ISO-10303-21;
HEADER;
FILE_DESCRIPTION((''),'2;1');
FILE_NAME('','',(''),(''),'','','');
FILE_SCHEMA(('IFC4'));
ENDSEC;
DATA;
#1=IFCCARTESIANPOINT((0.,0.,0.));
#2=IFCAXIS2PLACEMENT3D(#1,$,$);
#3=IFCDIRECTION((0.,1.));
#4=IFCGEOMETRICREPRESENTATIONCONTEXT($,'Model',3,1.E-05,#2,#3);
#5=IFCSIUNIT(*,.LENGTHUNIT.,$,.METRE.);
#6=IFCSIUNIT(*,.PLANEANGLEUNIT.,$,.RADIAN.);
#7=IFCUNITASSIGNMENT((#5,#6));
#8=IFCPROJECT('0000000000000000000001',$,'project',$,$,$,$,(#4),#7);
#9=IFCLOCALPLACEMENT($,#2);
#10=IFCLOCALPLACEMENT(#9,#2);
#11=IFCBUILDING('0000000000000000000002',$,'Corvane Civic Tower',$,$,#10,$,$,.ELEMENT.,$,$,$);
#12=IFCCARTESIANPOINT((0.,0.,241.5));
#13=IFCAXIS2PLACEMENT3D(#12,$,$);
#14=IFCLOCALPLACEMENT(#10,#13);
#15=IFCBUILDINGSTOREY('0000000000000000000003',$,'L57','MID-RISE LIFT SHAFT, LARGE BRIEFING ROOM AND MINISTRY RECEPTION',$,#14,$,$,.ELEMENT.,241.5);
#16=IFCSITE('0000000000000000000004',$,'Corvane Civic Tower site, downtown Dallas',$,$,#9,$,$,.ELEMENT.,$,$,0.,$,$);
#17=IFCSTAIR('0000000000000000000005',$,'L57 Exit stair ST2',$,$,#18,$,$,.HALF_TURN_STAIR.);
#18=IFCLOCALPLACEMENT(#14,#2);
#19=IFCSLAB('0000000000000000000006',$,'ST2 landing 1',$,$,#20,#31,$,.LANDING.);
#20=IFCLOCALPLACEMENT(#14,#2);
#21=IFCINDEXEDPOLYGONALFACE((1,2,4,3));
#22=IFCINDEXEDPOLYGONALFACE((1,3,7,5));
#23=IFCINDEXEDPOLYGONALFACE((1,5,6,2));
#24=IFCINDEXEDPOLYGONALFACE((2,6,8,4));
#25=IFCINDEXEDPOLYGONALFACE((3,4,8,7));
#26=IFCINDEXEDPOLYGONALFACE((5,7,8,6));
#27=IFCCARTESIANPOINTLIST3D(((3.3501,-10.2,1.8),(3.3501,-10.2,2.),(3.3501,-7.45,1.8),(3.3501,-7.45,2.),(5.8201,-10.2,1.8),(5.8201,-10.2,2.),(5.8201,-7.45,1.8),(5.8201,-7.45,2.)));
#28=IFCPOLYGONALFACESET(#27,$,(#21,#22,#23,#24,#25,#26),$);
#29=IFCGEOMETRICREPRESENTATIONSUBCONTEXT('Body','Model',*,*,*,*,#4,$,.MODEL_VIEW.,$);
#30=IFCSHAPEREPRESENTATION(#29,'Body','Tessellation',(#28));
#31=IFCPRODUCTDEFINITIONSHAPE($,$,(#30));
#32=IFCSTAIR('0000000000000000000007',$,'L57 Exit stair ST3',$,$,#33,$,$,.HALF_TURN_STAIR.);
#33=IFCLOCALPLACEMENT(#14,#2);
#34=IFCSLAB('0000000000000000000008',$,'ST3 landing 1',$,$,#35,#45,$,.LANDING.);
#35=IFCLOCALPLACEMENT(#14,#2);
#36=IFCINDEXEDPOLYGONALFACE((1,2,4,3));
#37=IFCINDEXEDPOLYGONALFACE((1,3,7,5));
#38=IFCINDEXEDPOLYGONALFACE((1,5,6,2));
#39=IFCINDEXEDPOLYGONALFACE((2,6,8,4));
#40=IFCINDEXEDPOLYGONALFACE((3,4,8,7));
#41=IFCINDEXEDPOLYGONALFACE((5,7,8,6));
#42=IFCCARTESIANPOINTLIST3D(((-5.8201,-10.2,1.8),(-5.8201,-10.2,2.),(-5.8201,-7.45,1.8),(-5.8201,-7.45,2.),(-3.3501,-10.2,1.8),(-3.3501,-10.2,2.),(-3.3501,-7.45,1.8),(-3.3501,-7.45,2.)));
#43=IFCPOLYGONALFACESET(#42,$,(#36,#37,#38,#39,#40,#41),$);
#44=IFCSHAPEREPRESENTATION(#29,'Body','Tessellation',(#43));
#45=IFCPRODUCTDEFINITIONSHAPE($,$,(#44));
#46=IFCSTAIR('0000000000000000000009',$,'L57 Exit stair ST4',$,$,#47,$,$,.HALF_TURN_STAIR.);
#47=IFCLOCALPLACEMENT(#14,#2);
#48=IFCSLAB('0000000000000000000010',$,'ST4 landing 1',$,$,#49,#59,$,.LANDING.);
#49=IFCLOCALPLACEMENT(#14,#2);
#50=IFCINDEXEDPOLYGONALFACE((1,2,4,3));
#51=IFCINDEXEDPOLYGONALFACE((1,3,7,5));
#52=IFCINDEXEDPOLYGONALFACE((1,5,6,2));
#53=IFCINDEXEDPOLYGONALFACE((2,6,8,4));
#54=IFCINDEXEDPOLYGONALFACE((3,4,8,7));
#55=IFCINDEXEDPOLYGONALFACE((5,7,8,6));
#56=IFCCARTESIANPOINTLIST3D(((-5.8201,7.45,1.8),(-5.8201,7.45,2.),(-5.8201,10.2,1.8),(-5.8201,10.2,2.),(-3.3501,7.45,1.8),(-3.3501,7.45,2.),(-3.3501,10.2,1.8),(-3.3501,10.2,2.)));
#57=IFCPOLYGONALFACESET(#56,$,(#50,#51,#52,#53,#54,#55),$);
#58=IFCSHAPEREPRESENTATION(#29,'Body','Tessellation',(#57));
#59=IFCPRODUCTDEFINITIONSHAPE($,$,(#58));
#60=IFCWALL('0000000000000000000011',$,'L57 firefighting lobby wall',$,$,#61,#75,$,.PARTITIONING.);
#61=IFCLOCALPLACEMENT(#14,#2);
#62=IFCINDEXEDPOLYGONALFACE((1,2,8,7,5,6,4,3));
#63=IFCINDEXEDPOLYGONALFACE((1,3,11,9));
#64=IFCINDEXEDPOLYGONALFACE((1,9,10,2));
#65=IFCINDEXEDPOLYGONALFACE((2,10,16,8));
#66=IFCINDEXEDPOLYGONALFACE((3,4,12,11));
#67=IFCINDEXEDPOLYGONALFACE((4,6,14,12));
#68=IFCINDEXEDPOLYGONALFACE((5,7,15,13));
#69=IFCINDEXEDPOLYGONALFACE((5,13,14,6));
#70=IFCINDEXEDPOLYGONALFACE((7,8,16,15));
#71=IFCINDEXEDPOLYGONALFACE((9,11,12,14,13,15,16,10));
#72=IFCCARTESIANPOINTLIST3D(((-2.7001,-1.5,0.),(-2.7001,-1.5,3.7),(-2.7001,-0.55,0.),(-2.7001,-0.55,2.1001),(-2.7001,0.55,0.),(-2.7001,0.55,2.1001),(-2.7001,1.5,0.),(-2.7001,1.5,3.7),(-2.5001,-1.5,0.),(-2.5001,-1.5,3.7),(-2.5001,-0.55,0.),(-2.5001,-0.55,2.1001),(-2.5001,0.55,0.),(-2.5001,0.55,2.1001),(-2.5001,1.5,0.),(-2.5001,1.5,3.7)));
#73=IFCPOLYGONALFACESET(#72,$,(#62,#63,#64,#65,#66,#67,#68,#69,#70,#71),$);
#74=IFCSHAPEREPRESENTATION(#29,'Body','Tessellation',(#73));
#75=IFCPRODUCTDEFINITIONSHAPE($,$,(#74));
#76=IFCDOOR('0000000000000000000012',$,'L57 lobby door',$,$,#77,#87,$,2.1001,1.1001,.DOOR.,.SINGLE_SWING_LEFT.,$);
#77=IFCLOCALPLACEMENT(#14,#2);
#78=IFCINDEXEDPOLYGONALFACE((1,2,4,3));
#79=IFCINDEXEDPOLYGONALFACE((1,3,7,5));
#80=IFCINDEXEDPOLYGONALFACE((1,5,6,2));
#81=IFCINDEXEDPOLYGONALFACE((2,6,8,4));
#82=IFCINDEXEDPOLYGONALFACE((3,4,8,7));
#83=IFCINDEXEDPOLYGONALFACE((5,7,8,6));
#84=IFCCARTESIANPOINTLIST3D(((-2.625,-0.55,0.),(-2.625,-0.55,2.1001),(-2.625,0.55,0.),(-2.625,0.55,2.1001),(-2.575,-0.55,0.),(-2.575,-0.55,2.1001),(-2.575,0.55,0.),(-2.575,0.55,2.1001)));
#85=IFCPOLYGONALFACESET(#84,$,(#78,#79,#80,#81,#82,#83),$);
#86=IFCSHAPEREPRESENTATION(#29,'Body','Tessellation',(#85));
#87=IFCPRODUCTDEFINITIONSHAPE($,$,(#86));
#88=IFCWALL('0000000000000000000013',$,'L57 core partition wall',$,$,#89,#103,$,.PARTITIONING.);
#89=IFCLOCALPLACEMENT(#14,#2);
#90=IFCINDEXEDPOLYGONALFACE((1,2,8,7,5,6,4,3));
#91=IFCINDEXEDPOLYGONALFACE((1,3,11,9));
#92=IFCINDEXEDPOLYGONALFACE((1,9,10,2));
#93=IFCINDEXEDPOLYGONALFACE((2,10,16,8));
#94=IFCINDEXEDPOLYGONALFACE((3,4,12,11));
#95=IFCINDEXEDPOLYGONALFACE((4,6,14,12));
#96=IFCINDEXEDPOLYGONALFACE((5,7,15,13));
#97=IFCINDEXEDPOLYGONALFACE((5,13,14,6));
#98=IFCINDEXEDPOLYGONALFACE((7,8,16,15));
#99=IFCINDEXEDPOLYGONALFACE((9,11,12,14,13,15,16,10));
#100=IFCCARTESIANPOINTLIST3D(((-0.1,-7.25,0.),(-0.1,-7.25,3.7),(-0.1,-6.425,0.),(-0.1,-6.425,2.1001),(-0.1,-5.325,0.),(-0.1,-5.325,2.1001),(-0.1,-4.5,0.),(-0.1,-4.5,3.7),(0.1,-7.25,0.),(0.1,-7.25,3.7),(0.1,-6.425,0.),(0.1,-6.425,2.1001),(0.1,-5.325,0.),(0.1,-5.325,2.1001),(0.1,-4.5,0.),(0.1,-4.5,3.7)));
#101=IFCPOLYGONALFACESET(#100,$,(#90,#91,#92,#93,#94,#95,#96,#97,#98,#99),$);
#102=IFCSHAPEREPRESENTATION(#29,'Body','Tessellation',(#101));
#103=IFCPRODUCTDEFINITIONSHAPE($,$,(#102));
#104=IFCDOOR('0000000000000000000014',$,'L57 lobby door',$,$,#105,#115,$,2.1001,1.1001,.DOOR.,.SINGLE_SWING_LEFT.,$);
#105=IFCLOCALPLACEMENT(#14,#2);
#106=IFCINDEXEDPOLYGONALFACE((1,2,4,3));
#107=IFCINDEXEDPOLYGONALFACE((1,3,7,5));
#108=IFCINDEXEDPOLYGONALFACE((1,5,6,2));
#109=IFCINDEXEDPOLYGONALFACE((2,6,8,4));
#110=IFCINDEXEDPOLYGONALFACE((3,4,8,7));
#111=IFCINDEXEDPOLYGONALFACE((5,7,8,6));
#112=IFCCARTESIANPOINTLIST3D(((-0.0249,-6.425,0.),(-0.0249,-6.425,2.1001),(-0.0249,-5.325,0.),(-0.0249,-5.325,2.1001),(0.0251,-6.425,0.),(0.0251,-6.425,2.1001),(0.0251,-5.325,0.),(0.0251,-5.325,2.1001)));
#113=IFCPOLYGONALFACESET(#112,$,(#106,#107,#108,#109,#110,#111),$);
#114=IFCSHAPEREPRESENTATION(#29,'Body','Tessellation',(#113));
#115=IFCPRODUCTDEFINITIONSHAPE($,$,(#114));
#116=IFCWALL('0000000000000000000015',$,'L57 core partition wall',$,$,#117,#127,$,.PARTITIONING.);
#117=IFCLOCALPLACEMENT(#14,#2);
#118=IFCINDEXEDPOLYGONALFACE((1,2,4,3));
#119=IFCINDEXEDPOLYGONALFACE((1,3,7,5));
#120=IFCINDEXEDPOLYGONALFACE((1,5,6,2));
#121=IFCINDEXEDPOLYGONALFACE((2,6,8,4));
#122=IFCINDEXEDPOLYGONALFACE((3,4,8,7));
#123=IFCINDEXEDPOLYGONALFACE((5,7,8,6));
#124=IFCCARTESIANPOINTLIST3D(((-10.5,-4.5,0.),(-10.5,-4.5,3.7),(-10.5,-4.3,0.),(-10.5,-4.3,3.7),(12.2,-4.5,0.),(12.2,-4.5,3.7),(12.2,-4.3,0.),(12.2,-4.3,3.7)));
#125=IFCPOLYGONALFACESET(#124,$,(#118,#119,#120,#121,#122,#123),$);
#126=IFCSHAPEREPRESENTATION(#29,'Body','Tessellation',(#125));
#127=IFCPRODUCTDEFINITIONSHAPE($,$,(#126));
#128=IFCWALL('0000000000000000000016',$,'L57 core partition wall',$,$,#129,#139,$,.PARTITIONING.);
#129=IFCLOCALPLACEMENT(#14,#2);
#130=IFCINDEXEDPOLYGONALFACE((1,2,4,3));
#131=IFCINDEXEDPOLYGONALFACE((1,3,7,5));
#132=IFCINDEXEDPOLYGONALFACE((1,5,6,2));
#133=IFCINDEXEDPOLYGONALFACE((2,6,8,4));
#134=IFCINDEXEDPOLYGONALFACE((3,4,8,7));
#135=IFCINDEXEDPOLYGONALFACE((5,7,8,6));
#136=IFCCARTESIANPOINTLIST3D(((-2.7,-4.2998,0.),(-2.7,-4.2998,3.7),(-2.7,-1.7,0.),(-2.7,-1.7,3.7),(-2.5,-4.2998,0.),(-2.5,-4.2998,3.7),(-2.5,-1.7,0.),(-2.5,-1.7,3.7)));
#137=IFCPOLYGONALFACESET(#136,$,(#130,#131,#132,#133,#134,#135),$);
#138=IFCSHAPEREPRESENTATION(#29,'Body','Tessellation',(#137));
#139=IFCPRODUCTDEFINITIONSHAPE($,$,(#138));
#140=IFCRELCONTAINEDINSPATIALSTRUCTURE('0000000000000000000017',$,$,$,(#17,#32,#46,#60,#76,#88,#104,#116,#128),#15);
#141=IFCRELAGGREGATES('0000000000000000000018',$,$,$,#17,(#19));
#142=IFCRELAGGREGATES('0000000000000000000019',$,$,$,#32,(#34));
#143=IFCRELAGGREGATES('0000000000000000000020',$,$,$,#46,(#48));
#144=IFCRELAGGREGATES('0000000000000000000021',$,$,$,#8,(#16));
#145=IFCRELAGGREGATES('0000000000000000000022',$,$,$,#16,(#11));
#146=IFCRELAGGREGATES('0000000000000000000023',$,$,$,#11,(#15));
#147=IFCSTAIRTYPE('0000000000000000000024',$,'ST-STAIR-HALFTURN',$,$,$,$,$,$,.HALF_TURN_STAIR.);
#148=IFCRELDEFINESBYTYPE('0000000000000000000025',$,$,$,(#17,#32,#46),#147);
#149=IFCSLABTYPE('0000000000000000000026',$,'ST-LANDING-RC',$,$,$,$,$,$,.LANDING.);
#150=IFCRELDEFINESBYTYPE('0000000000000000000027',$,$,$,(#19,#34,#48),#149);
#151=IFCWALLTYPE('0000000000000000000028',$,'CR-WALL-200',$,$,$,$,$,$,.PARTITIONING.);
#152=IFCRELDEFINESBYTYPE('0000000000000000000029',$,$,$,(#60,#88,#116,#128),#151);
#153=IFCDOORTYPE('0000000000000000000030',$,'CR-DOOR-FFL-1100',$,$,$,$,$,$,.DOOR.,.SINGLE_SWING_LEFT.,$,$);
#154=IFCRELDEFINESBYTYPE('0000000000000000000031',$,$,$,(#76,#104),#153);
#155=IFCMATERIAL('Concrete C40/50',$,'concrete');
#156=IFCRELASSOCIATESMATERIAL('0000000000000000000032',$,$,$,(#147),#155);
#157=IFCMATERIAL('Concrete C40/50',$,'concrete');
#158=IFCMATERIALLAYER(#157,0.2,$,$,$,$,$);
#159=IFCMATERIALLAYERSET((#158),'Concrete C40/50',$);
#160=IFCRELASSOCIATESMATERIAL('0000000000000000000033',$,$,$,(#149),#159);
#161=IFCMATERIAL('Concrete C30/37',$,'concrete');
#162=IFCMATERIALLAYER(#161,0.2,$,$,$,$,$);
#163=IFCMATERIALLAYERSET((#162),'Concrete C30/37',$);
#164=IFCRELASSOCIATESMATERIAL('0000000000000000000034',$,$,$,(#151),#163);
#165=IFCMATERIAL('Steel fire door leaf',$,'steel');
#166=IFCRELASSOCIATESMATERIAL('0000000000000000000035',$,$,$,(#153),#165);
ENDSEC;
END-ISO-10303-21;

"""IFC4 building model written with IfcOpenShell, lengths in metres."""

from ifc_helpers import new_model, si_unit, direction, frame, frame_2d, origin, place, context, subcontext, project, spatial, polyline, rectangle, outline, extrude, material, layer, layer_set, type_object, element, fill, aggregate, save


model = new_model("IFC4")

# Units and contexts
model_context = context("Model", 3, precision=1e-05, world=origin(), true_north=direction((0.0, 1.0)))
body_context = subcontext(model_context, "Body", "Model", "MODEL_VIEW")
ifc_project = project(units=[si_unit("LENGTHUNIT", "METRE"), si_unit("PLANEANGLEUNIT", "RADIAN")], contexts=[model_context])

# Site, building, storey
site_placement = place(None, origin())
site = spatial("IfcSite", under=ifc_project, at=site_placement, Name="Corvane Civic Tower site, downtown Dallas", CompositionType="ELEMENT", RefElevation=0.0)
building_placement = place(site_placement, origin())
building = spatial("IfcBuilding", under=site, at=building_placement, Name="Corvane Civic Tower", CompositionType="ELEMENT")
storey_placement = place(building_placement, frame((0.0, 0.0, 241.5)))
storey = spatial("IfcBuildingStorey", under=building, at=storey_placement, Name="L57", Description="MID-RISE LIFT SHAFT, LARGE BRIEFING ROOM AND MINISTRY RECEPTION", CompositionType="ELEMENT", Elevation=241.5)

# Stairs, slabs
ifc_material_1 = material(Name="Concrete C40/50", Category="concrete")
stair_type = type_object("IfcStairType", Name="ST-STAIR-HALFTURN", PredefinedType="HALF_TURN_STAIR", material=ifc_material_1)
ifc_material_2 = material(Name="Concrete C40/50", Category="concrete")
ifc_layer_1 = layer(ifc_material_2, 0.2)
ifc_layer_set_1 = layer_set([ifc_layer_1], Name="Concrete C40/50")
slab_type_1 = type_object("IfcSlabType", Name="ST-LANDING-RC", PredefinedType="LANDING", material=ifc_layer_set_1)
stair_1_placement = place(storey_placement, origin())
stair_1 = element("IfcStair", 1, at=stair_1_placement, inside=storey, type_object=stair_type, Name="L57 Exit stair ST2", PredefinedType="HALF_TURN_STAIR")
slab_1_placement = place(storey_placement, frame((0.0, 0.0, 1.8)))
slab_1 = element("IfcSlab", 2, at=slab_1_placement, type_object=slab_type_1, Name="ST2 landing 1", PredefinedType="LANDING", context=body_context, shape_type="SweptSolid", body=[
    extrude(outline(polyline([(5.8201, -7.45), (3.3501, -7.45), (3.3501, -10.2), (5.8201, -10.2), (5.8201, -7.45)])), origin(), (0.0, 0.0, 1.0), 0.2),
])
aggregate(stair_1, [slab_1])
stair_2_placement = place(storey_placement, origin())
stair_2 = element("IfcStair", 3, at=stair_2_placement, inside=storey, type_object=stair_type, Name="L57 Exit stair ST3", PredefinedType="HALF_TURN_STAIR")
slab_2_placement = place(storey_placement, frame((0.0, 0.0, 1.8)))
slab_2 = element("IfcSlab", 4, at=slab_2_placement, type_object=slab_type_1, Name="ST3 landing 1", PredefinedType="LANDING", context=body_context, shape_type="SweptSolid", body=[
    extrude(outline(polyline([(-5.8201, -10.2), (-3.3501, -10.2), (-3.3501, -7.45), (-5.8201, -7.45), (-5.8201, -10.2)])), origin(), (0.0, 0.0, 1.0), 0.2),
])
aggregate(stair_2, [slab_2])
stair_3_placement = place(storey_placement, origin())
stair_3 = element("IfcStair", 5, at=stair_3_placement, inside=storey, type_object=stair_type, Name="L57 Exit stair ST4", PredefinedType="HALF_TURN_STAIR")
slab_3_placement = place(storey_placement, frame((0.0, 0.0, 1.8)))
slab_3 = element("IfcSlab", 6, at=slab_3_placement, type_object=slab_type_1, Name="ST4 landing 1", PredefinedType="LANDING", context=body_context, shape_type="SweptSolid", body=[
    extrude(outline(polyline([(-5.8201, 7.45), (-3.3501, 7.45), (-3.3501, 10.2), (-5.8201, 10.2), (-5.8201, 7.45)])), origin(), (0.0, 0.0, 1.0), 0.2),
])
aggregate(stair_3, [slab_3])

# Walls, openings, doors
ifc_material_3 = material(Name="Concrete C30/37", Category="concrete")
ifc_layer_2 = layer(ifc_material_3, 0.2)
ifc_layer_set_2 = layer_set([ifc_layer_2], Name="Concrete C30/37")
wall_type = type_object("IfcWallType", Name="CR-WALL-200", PredefinedType="PARTITIONING", material=ifc_layer_set_2)
wall_1_placement = place(storey_placement, frame((-2.6001, -1.5, 0.0), z_axis=(0.0, 0.0, 1.0), x_axis=(0.0, 1.0, 0.0)))
wall_1 = element("IfcWall", 7, at=wall_1_placement, inside=storey, type_object=wall_type, Name="L57 firefighting lobby wall", PredefinedType="PARTITIONING", context=body_context, shape_type="SweptSolid", body=[
    extrude(rectangle(XDim=3.0, YDim=0.2, at=frame_2d((1.5, 0.0))), origin(), (0.0, 0.0, 1.0), 3.7),
])
opening_1_placement = place(wall_1_placement, frame((0.95, 0.0, 0.0)))
opening_1 = element("IfcOpeningElement", 8, at=opening_1_placement, cuts=wall_1, PredefinedType="OPENING", context=body_context, shape_type="SweptSolid", body=[
    extrude(rectangle(XDim=1.1001, YDim=2.1001, at=frame_2d((0.55, 1.05))), frame((0.0, 0.1099, 0.0), z_axis=(0.0, -1.0, 0.0), x_axis=(1.0, 0.0, 0.0)), (0.0, 0.0, 1.0), 0.22),
])
ifc_material_4 = material(Name="Steel fire door leaf", Category="steel")
door_type = type_object("IfcDoorType", Name="CR-DOOR-FFL-1100", OperationType="SINGLE_SWING_LEFT", PredefinedType="DOOR", material=ifc_material_4)
door_1_placement = place(opening_1_placement, origin())
door_1 = element("IfcDoor", 9, at=door_1_placement, inside=storey, type_object=door_type, Name="L57 lobby door", OperationType="SINGLE_SWING_LEFT", OverallHeight=2.1001, OverallWidth=1.1001, PredefinedType="DOOR", context=body_context, shape_type="SweptSolid", body=[
    extrude(rectangle(XDim=1.1001, YDim=2.1001, at=frame_2d((0.55, 1.05))), frame((0.0, 0.0249, 0.0), z_axis=(0.0, -1.0, 0.0), x_axis=(1.0, 0.0, 0.0)), (0.0, 0.0, 1.0), 0.05),
])
fill(opening_1, door_1)
wall_2_placement = place(storey_placement, frame((0.0, -7.25, 0.0), z_axis=(0.0, 0.0, 1.0), x_axis=(0.0, 1.0, 0.0)))
wall_2 = element("IfcWall", 10, at=wall_2_placement, inside=storey, type_object=wall_type, Name="L57 core partition wall", PredefinedType="PARTITIONING", context=body_context, shape_type="SweptSolid", body=[
    extrude(rectangle(XDim=2.75, YDim=0.2, at=frame_2d((1.375, 0.0))), origin(), (0.0, 0.0, 1.0), 3.7),
])
opening_2_placement = place(wall_2_placement, frame((0.825, 0.0, 0.0)))
opening_2 = element("IfcOpeningElement", 11, at=opening_2_placement, cuts=wall_2, PredefinedType="OPENING", context=body_context, shape_type="SweptSolid", body=[
    extrude(rectangle(XDim=1.1001, YDim=2.1001, at=frame_2d((0.55, 1.05))), frame((0.0, 0.1099, 0.0), z_axis=(0.0, -1.0, 0.0), x_axis=(1.0, 0.0, 0.0)), (0.0, 0.0, 1.0), 0.22),
])
door_2_placement = place(opening_2_placement, origin())
door_2 = element("IfcDoor", 12, at=door_2_placement, inside=storey, type_object=door_type, Name="L57 lobby door", OperationType="SINGLE_SWING_LEFT", OverallHeight=2.1001, OverallWidth=1.1001, PredefinedType="DOOR", context=body_context, shape_type="SweptSolid", body=[
    extrude(rectangle(XDim=1.1001, YDim=2.1001, at=frame_2d((0.55, 1.05))), frame((0.0, 0.0249, 0.0), z_axis=(0.0, -1.0, 0.0), x_axis=(1.0, 0.0, 0.0)), (0.0, 0.0, 1.0), 0.05),
])
fill(opening_2, door_2)

# Walls
wall_3_placement = place(storey_placement, origin())
element("IfcWall", 13, at=wall_3_placement, inside=storey, type_object=wall_type, Name="L57 core partition wall", PredefinedType="PARTITIONING", context=body_context, shape_type="SweptSolid", body=[
    extrude(outline(polyline([(12.2, -4.3), (12.2, -4.5), (-10.5, -4.5), (-10.5, -4.3), (12.2, -4.3)])), origin(), (0.0, 0.0, 1.0), 3.7),
])
wall_4_placement = place(storey_placement, origin())
element("IfcWall", 14, at=wall_4_placement, inside=storey, type_object=wall_type, Name="L57 core partition wall", PredefinedType="PARTITIONING", context=body_context, shape_type="SweptSolid", body=[
    extrude(outline(polyline([(-2.5, -1.7), (-2.5, -4.2998), (-2.7, -4.2998), (-2.7, -1.7), (-2.5, -1.7)])), origin(), (0.0, 0.0, 1.0), 3.7),
])

save(model, "model.ifc")
